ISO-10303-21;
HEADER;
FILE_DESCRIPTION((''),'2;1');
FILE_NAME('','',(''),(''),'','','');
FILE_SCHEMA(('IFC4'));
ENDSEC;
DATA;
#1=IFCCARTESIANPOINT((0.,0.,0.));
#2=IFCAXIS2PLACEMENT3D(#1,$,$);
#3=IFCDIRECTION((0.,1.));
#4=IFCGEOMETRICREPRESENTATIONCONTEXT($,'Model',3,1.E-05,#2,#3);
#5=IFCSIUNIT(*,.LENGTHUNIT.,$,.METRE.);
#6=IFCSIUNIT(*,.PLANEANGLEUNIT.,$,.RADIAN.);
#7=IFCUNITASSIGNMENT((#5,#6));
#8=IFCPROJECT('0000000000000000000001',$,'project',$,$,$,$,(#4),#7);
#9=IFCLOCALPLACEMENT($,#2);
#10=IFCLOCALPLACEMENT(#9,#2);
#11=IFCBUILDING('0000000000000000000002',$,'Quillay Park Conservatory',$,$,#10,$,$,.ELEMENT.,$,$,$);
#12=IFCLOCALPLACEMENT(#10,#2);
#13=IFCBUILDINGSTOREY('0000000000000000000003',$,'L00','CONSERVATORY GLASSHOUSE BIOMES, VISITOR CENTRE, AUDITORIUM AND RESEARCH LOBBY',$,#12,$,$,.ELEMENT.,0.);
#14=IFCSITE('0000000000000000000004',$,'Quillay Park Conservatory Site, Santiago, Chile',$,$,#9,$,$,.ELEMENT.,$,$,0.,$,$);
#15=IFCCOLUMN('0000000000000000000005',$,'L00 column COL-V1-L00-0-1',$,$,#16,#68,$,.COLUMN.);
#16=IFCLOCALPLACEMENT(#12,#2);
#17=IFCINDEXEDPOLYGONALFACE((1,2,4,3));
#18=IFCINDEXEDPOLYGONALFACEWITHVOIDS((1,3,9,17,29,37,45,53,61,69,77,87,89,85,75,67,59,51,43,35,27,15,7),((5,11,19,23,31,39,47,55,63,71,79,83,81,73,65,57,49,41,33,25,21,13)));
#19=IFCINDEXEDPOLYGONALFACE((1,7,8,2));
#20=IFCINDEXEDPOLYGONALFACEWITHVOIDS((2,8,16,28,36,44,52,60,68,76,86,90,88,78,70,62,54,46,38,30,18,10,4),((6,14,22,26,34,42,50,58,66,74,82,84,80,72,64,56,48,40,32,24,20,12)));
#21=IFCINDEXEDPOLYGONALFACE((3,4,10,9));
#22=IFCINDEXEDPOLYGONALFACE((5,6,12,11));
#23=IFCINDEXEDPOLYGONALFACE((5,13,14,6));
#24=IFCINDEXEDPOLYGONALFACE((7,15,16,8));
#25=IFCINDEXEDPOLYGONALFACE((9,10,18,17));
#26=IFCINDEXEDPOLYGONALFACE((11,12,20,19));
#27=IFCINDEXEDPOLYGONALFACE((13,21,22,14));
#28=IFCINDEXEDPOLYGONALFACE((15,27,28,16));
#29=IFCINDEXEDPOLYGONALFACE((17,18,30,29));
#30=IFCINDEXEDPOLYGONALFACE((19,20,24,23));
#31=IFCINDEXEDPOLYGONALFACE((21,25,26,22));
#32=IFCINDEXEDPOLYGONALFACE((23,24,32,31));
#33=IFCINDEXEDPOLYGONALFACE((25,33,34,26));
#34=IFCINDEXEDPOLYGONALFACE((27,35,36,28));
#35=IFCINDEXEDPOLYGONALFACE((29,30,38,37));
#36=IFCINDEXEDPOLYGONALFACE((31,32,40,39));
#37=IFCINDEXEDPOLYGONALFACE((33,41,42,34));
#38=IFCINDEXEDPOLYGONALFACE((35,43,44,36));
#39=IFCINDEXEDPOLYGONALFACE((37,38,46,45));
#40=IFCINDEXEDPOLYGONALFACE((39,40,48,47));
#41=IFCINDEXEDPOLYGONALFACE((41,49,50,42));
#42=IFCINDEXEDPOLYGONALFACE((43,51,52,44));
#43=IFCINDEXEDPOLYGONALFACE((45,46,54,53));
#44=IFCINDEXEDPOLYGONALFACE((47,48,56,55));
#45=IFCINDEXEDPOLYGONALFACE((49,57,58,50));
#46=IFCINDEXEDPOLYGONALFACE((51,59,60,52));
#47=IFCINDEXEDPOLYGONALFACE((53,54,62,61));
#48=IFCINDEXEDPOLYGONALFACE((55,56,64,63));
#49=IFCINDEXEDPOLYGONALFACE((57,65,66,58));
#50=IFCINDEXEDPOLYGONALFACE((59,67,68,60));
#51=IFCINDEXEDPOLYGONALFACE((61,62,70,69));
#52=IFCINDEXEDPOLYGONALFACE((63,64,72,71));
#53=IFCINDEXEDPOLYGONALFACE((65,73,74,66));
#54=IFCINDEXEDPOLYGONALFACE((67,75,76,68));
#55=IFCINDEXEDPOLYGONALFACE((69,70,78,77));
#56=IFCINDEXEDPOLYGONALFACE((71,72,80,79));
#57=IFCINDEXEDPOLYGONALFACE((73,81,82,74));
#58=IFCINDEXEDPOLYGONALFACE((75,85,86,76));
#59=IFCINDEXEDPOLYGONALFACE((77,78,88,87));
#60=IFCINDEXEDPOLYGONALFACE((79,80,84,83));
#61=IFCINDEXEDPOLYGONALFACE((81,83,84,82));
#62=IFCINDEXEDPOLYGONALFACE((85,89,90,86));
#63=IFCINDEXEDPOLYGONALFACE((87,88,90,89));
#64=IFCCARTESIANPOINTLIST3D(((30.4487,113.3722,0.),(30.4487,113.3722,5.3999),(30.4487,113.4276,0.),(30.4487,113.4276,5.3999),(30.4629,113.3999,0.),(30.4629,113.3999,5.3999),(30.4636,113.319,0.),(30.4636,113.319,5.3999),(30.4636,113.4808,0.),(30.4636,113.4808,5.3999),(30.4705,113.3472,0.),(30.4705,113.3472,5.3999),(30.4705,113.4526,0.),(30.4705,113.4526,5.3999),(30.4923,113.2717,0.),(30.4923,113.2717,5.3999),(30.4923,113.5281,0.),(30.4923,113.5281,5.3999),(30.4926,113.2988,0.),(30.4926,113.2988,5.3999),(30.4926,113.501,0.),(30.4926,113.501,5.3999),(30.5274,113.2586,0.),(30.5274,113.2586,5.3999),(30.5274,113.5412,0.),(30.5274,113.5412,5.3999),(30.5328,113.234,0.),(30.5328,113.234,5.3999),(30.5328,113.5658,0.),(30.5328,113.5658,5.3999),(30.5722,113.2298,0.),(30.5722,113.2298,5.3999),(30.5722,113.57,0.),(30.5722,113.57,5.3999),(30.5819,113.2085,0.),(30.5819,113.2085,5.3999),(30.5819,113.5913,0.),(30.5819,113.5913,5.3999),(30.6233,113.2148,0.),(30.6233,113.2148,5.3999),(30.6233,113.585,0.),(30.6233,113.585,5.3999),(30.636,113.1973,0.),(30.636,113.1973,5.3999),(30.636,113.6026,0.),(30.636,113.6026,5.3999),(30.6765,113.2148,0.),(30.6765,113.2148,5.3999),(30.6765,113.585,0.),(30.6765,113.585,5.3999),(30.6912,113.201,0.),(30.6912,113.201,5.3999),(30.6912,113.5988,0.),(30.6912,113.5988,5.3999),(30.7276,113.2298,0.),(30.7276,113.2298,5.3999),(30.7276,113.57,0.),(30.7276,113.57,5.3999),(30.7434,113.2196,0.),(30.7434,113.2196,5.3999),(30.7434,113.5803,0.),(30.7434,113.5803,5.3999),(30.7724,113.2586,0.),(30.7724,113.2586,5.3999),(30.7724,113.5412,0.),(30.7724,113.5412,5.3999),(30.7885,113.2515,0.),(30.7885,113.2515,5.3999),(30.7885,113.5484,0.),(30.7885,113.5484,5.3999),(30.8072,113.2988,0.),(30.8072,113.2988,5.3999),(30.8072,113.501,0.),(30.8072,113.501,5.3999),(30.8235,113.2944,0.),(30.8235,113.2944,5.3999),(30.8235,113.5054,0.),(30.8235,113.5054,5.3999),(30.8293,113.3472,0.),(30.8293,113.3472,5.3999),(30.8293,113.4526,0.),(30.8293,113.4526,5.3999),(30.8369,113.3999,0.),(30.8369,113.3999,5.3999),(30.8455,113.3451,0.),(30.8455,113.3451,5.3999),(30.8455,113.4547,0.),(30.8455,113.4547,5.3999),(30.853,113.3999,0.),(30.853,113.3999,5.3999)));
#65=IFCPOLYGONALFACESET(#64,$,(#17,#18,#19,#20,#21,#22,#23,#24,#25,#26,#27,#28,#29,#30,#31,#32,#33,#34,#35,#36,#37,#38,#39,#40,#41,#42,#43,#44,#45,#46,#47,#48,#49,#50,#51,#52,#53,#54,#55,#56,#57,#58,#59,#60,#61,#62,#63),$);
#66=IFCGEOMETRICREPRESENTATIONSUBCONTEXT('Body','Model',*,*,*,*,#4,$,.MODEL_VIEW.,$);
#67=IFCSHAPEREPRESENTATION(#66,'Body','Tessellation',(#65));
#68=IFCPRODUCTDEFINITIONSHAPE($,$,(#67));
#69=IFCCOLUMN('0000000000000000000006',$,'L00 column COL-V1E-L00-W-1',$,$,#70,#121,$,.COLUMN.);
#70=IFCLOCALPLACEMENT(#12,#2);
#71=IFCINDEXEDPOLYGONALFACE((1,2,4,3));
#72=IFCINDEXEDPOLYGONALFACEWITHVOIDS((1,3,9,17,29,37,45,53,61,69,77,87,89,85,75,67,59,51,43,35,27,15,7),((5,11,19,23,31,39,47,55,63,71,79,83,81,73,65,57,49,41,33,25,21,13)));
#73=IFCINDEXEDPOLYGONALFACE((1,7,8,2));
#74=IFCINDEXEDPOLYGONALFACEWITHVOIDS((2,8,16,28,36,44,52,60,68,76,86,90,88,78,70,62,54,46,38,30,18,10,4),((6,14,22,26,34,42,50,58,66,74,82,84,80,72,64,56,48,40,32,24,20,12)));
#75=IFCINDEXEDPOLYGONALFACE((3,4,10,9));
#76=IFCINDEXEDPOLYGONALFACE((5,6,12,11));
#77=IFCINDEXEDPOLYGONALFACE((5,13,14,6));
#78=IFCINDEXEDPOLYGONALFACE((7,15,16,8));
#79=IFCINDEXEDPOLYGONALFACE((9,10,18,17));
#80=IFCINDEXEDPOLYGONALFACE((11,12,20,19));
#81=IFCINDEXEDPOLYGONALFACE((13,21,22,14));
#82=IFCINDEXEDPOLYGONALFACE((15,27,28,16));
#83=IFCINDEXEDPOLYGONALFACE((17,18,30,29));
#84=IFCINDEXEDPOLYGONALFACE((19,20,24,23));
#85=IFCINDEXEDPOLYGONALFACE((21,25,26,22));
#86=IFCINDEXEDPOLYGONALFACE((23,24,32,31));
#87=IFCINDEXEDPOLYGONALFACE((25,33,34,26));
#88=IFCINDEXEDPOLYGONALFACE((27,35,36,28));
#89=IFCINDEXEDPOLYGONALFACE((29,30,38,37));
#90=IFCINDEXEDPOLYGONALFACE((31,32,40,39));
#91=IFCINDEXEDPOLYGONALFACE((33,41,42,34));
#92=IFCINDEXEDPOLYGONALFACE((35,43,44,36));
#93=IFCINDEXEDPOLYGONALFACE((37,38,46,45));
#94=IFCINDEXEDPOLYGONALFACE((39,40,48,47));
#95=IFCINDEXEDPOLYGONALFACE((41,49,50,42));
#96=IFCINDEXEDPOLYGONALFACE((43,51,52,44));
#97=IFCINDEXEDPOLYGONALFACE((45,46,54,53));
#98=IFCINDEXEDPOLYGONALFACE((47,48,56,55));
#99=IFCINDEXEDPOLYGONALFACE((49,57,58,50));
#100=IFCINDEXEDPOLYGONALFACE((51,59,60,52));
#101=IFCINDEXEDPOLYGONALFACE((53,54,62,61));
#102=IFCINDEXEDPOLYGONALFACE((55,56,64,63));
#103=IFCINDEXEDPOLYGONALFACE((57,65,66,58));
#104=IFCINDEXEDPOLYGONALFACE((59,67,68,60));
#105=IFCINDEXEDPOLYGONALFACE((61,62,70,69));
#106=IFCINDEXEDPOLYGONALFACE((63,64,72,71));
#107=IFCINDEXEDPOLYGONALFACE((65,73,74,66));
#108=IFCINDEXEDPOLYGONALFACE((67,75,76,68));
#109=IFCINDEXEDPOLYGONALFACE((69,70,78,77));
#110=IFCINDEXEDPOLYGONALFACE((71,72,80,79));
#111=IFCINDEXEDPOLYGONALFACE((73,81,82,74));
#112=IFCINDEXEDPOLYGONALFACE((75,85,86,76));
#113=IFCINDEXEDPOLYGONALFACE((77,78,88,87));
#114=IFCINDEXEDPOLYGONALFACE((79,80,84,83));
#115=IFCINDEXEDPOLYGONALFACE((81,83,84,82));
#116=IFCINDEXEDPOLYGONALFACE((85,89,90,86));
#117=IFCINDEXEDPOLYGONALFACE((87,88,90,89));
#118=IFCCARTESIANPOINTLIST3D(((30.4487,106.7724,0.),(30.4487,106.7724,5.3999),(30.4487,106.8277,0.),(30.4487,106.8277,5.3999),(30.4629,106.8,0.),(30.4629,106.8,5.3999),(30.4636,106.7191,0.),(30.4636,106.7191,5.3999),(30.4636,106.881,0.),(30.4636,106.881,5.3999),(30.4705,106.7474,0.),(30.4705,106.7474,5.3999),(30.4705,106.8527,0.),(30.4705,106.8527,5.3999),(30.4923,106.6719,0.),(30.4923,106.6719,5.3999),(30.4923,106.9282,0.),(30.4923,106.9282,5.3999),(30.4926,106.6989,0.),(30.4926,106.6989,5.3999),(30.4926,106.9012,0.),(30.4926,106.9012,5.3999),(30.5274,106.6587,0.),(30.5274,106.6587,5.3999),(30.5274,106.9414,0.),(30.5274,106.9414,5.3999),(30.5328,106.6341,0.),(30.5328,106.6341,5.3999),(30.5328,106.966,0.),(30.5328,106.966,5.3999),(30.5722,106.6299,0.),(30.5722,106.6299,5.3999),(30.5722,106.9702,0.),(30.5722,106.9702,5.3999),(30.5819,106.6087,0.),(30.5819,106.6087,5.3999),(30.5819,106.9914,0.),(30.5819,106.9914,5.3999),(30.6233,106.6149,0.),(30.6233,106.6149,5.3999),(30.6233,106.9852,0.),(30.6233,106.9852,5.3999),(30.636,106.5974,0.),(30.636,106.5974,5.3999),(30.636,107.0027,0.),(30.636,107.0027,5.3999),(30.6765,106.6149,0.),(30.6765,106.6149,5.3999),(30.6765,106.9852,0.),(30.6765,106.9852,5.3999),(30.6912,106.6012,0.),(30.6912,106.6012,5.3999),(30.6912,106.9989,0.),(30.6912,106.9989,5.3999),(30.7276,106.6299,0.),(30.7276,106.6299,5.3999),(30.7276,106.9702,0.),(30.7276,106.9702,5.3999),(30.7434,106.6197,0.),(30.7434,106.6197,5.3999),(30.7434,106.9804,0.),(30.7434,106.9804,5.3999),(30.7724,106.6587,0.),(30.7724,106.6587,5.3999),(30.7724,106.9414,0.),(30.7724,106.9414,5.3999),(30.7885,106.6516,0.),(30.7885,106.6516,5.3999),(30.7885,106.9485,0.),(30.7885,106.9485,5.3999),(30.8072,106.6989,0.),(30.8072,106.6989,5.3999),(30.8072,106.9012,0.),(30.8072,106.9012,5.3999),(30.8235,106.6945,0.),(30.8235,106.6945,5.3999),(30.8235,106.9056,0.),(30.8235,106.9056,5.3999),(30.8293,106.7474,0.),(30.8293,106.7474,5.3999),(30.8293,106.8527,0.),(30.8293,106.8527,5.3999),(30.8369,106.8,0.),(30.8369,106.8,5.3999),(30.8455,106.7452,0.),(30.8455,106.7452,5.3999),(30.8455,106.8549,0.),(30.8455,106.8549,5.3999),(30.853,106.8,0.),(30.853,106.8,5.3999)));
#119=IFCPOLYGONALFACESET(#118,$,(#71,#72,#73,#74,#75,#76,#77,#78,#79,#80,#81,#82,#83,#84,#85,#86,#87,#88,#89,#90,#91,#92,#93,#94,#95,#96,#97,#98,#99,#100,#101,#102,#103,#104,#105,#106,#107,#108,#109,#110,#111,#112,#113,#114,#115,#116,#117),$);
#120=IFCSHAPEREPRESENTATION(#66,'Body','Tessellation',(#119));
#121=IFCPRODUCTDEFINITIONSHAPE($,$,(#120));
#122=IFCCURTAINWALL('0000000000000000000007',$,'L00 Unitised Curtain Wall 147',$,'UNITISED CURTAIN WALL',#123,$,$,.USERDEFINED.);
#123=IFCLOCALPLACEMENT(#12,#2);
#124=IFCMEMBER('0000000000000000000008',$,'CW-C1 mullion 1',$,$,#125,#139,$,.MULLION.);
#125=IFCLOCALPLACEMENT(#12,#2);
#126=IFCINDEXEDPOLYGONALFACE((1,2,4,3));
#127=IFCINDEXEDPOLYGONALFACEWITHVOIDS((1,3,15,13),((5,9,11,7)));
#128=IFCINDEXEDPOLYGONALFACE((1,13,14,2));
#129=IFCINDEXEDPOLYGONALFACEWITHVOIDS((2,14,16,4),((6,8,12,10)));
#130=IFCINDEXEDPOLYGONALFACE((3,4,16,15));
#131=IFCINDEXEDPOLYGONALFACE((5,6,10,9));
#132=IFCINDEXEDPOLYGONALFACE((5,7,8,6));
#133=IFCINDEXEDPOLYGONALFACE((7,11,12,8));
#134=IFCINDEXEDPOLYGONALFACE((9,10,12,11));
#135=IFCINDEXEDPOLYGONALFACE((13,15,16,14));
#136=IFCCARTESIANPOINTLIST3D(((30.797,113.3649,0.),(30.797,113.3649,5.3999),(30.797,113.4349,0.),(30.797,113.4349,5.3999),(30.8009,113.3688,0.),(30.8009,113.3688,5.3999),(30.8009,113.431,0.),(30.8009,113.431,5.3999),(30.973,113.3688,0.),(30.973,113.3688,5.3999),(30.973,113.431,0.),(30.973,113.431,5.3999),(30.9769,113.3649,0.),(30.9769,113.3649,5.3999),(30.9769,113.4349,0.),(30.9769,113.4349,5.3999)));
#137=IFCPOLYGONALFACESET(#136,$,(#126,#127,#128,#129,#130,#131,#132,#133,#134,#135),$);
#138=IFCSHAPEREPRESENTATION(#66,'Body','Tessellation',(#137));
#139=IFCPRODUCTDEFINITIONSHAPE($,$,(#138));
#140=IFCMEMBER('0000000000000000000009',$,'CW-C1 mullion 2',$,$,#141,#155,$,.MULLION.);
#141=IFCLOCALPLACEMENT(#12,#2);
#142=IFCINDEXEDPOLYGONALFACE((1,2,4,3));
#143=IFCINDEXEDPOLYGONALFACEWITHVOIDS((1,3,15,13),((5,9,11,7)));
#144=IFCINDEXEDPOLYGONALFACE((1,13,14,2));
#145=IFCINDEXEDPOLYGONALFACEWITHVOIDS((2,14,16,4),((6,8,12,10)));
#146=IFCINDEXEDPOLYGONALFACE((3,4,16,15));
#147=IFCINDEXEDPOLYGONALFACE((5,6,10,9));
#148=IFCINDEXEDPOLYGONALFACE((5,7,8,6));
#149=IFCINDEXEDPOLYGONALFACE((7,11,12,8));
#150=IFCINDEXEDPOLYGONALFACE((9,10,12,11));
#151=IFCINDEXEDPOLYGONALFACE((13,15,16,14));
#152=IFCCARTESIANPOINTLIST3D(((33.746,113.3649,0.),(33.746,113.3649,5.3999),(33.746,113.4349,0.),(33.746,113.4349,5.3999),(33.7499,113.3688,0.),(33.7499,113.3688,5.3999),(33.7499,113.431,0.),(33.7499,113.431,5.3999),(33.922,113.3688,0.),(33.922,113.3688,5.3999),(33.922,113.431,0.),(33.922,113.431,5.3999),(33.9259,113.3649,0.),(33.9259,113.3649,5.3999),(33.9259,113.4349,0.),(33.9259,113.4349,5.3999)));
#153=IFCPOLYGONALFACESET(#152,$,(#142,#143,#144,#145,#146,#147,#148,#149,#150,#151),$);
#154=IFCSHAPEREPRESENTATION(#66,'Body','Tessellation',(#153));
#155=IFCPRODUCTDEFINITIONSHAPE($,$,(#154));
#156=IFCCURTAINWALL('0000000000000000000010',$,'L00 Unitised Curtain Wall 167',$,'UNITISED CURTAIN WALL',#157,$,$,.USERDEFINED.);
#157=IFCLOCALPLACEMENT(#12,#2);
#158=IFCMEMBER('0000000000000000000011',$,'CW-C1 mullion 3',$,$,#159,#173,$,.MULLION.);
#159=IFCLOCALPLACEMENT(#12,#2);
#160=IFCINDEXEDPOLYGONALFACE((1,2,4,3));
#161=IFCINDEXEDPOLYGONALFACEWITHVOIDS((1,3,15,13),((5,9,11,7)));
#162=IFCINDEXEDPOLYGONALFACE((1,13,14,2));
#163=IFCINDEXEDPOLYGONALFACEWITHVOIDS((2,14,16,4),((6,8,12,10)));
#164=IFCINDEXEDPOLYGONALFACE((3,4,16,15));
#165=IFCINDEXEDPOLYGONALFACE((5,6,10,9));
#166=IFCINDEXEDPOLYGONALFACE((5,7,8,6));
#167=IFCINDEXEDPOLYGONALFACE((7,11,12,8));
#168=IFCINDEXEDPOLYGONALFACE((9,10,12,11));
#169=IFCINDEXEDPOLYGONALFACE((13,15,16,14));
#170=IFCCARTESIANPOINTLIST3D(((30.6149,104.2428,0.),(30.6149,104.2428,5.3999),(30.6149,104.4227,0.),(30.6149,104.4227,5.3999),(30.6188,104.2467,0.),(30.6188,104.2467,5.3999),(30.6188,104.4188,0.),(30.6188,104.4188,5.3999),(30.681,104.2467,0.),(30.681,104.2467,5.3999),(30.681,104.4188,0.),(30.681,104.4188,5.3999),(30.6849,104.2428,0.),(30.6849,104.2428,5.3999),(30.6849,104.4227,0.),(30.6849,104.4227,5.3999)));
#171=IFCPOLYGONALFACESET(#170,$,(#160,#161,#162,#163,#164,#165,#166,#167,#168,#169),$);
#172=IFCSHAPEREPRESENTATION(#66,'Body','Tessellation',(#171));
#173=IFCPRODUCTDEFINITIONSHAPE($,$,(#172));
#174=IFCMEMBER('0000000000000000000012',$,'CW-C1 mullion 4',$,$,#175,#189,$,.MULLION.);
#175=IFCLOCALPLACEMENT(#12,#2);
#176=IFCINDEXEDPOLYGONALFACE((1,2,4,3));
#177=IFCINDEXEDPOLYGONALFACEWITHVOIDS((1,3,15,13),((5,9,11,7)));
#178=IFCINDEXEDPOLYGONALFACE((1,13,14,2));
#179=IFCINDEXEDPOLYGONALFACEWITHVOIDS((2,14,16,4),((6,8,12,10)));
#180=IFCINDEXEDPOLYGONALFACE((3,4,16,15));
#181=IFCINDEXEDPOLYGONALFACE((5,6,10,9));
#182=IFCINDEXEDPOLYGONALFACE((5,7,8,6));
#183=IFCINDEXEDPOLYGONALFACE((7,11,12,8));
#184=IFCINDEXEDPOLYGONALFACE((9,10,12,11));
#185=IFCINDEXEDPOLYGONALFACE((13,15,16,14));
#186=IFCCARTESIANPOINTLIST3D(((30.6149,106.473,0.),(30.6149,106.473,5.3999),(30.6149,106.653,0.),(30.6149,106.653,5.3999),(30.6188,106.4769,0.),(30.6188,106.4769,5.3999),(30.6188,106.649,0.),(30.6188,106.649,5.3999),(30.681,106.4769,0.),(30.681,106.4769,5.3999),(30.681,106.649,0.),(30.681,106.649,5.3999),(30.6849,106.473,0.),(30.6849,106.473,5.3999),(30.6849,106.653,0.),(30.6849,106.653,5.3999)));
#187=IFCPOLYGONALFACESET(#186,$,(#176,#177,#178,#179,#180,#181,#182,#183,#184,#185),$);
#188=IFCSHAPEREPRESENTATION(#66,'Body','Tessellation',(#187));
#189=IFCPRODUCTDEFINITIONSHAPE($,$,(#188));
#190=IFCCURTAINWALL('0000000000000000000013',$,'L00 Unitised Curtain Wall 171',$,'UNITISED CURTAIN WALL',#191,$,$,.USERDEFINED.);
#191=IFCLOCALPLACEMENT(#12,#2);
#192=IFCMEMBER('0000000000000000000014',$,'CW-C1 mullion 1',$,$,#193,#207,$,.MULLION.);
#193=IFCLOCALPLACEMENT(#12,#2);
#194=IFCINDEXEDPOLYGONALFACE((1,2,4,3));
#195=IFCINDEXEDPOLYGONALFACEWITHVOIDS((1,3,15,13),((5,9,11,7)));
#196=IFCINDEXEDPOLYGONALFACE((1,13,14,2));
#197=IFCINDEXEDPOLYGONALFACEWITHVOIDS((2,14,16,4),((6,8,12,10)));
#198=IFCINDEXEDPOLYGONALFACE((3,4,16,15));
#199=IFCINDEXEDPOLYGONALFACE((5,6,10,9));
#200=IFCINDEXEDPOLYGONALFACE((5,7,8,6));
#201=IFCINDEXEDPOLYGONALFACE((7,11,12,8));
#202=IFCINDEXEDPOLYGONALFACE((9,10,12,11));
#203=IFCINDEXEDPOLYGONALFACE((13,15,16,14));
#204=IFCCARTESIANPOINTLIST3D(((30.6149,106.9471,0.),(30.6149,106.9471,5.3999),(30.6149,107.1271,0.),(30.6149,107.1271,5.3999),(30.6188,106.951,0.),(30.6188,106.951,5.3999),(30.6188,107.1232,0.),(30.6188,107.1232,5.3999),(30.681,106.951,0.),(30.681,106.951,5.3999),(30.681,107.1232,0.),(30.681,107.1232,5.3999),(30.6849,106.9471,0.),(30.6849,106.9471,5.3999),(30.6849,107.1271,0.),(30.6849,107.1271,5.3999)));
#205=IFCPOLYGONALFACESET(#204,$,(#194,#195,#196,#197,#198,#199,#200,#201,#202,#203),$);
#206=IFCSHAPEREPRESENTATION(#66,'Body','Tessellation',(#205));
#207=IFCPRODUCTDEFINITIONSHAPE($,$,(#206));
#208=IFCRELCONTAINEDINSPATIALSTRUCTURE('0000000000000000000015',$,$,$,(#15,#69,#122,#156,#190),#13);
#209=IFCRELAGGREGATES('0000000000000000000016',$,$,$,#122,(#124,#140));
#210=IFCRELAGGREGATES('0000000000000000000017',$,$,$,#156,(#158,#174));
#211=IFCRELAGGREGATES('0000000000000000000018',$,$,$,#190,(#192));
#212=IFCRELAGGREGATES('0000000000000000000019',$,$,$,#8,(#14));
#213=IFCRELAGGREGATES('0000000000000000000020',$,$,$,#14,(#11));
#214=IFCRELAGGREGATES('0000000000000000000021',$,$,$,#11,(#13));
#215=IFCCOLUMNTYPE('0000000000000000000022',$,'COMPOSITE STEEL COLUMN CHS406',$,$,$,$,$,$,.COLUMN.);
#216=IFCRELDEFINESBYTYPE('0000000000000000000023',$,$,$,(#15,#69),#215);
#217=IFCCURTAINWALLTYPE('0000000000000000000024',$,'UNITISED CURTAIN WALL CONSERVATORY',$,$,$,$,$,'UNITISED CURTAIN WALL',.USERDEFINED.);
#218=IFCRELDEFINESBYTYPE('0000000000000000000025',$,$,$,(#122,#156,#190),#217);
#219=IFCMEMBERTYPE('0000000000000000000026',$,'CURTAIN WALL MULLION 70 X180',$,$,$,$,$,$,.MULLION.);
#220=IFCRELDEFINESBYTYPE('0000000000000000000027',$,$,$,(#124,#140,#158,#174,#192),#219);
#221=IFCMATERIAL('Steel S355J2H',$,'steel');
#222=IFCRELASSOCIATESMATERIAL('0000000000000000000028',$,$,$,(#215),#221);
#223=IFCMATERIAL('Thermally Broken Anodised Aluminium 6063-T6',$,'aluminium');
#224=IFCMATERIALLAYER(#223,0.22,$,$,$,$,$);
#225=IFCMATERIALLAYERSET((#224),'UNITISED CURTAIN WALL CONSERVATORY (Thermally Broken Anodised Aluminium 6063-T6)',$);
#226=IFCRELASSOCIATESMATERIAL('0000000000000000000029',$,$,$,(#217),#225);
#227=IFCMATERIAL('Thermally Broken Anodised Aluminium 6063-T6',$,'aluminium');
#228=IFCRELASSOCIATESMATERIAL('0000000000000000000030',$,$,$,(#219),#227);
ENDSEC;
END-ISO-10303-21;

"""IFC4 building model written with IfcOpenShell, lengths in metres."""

from ifc_helpers import new_model, si_unit, direction, frame, origin, origin_2d, place, context, subcontext, project, spatial, hollow_rectangle, hollow_circle, extrude, material, layer, layer_set, material_profile, profile_set, type_object, element, aggregate, save


model = new_model("IFC4")

# Units and contexts
model_context = context("Model", 3, precision=1e-05, world=origin(), true_north=direction((0.0, 1.0)))
body_context = subcontext(model_context, "Body", "Model", "MODEL_VIEW")
ifc_project = project(units=[si_unit("LENGTHUNIT", "METRE"), si_unit("PLANEANGLEUNIT", "RADIAN")], contexts=[model_context])

# Site, building, storey
site_placement = place(None, origin())
site = spatial("IfcSite", under=ifc_project, at=site_placement, Name="Quillay Park Conservatory Site, Santiago, Chile", CompositionType="ELEMENT", RefElevation=0.0)
building_placement = place(site_placement, origin())
building = spatial("IfcBuilding", under=site, at=building_placement, Name="Quillay Park Conservatory", CompositionType="ELEMENT")
storey_placement = place(building_placement, origin())
storey = spatial("IfcBuildingStorey", under=building, at=storey_placement, Name="L00", Description="CONSERVATORY GLASSHOUSE BIOMES, VISITOR CENTRE, AUDITORIUM AND RESEARCH LOBBY", CompositionType="ELEMENT", Elevation=0.0)

# Columns
ifc_material_1 = material(Name="Steel S355J2H", Category="steel")
ifc_material_profile_1 = material_profile(ifc_material_1, hollow_circle(Radius=0.2031, WallThickness=0.0161, at=origin_2d()), Name="CHS406.4x16")
ifc_profile_set_1 = profile_set([ifc_material_profile_1], Name="Steel S355J2H")
column_type = type_object("IfcColumnType", Name="COMPOSITE STEEL COLUMN CHS406", PredefinedType="COLUMN", material=ifc_profile_set_1)
for number, where, z_axis, x_axis, name in (
    (1, (30.6499, 113.3999, 0.0), (0.0, 0.0, 1.0), (1.0, 0.0, 0.0), "L00 column COL-V1-L00-0-1"),
    (2, (30.6499, 106.8, 0.0), (0.0, 0.0, 1.0), (1.0, 0.0, 0.0), "L00 column COL-V1E-L00-W-1"),
):
    element("IfcColumn", number, at=place(storey_placement, frame(where, z_axis=z_axis, x_axis=x_axis)), inside=storey, type_object=column_type, Name=name, PredefinedType="COLUMN", context=body_context, shape_type="SweptSolid", body=[
        extrude(hollow_circle(Radius=0.2031, WallThickness=0.0161, at=origin_2d()), origin(), (0.0, 0.0, 1.0), 5.3999),
    ])

# Curtain walls, members
ifc_material_2 = material(Name="Thermally Broken Anodised Aluminium 6063-T6", Category="aluminium")
ifc_layer_1 = layer(ifc_material_2, 0.22)
ifc_layer_set_1 = layer_set([ifc_layer_1], Name="UNITISED CURTAIN WALL CONSERVATORY (Thermally Broken Anodised Aluminium 6063-T6)")
curtain_wall_type = type_object("IfcCurtainWallType", Name="UNITISED CURTAIN WALL CONSERVATORY", ElementType="UNITISED CURTAIN WALL", PredefinedType="USERDEFINED", material=ifc_layer_set_1)
curtain_wall_1_placement = place(storey_placement, origin())
curtain_wall_1 = element("IfcCurtainWall", 3, at=curtain_wall_1_placement, inside=storey, type_object=curtain_wall_type, Name="L00 Unitised Curtain Wall 147", ObjectType="UNITISED CURTAIN WALL", PredefinedType="USERDEFINED")
ifc_material_3 = material(Name="Thermally Broken Anodised Aluminium 6063-T6", Category="aluminium")
ifc_material_profile_2 = material_profile(ifc_material_3, hollow_rectangle(XDim=0.0701, YDim=0.1799, WallThickness=0.0039, at=origin_2d()), Name="AL70x180x4")
ifc_profile_set_2 = profile_set([ifc_material_profile_2], Name="Thermally Broken Anodised Aluminium 6063-T6")
member_type_1 = type_object("IfcMemberType", Name="CURTAIN WALL MULLION 70 X180", PredefinedType="MULLION", material=ifc_profile_set_2)
member_1_placement = place(storey_placement, frame((30.887, 113.3999, 0.0), z_axis=(0.0, 0.0, 1.0), x_axis=(0.0, 1.0, 0.0)))
member_1 = element("IfcMember", 4, at=member_1_placement, type_object=member_type_1, Name="CW-C1 mullion 1", PredefinedType="MULLION", context=body_context, shape_type="SweptSolid", body=[
    extrude(hollow_rectangle(XDim=0.0701, YDim=0.1799, WallThickness=0.0039, at=origin_2d()), origin(), (0.0, 0.0, 1.0), 5.3999),
])
member_2_placement = place(storey_placement, frame((33.8359, 113.3999, 0.0), z_axis=(0.0, 0.0, 1.0), x_axis=(0.0, 1.0, 0.0)))
member_2 = element("IfcMember", 5, at=member_2_placement, type_object=member_type_1, Name="CW-C1 mullion 2", PredefinedType="MULLION", context=body_context, shape_type="SweptSolid", body=[
    extrude(hollow_rectangle(XDim=0.0701, YDim=0.1799, WallThickness=0.0039, at=origin_2d()), origin(), (0.0, 0.0, 1.0), 5.3999),
])
curtain_wall_2_placement = place(storey_placement, origin())
curtain_wall_2 = element("IfcCurtainWall", 6, at=curtain_wall_2_placement, inside=storey, type_object=curtain_wall_type, Name="L00 Unitised Curtain Wall 167", ObjectType="UNITISED CURTAIN WALL", PredefinedType="USERDEFINED")
member_3_placement = place(storey_placement, frame((30.6499, 104.3328, 0.0), z_axis=(0.0, 0.0, 1.0), x_axis=(-1.0, 0.0, 0.0)))
member_3 = element("IfcMember", 7, at=member_3_placement, type_object=member_type_1, Name="CW-C1 mullion 3", PredefinedType="MULLION", context=body_context, shape_type="SweptSolid", body=[
    extrude(hollow_rectangle(XDim=0.0701, YDim=0.1799, WallThickness=0.0039, at=origin_2d()), origin(), (0.0, 0.0, 1.0), 5.3999),
])
member_4_placement = place(storey_placement, frame((30.6499, 106.563, 0.0), z_axis=(0.0, 0.0, 1.0), x_axis=(-1.0, 0.0, 0.0)))
member_4 = element("IfcMember", 8, at=member_4_placement, type_object=member_type_1, Name="CW-C1 mullion 4", PredefinedType="MULLION", context=body_context, shape_type="SweptSolid", body=[
    extrude(hollow_rectangle(XDim=0.0701, YDim=0.1799, WallThickness=0.0039, at=origin_2d()), origin(), (0.0, 0.0, 1.0), 5.3999),
])
curtain_wall_3_placement = place(storey_placement, origin())
curtain_wall_3 = element("IfcCurtainWall", 9, at=curtain_wall_3_placement, inside=storey, type_object=curtain_wall_type, Name="L00 Unitised Curtain Wall 171", ObjectType="UNITISED CURTAIN WALL", PredefinedType="USERDEFINED")
member_5_placement = place(storey_placement, frame((30.6499, 107.0371, 0.0), z_axis=(0.0, 0.0, 1.0), x_axis=(-1.0, 0.0, 0.0)))
member_5 = element("IfcMember", 10, at=member_5_placement, type_object=member_type_1, Name="CW-C1 mullion 1", PredefinedType="MULLION", context=body_context, shape_type="SweptSolid", body=[
    extrude(hollow_rectangle(XDim=0.0701, YDim=0.1799, WallThickness=0.0039, at=origin_2d()), origin(), (0.0, 0.0, 1.0), 5.3999),
])

aggregate(curtain_wall_1, [member_1, member_2])
aggregate(curtain_wall_2, [member_3, member_4])
aggregate(curtain_wall_3, [member_5])

save(model, "model.ifc")
